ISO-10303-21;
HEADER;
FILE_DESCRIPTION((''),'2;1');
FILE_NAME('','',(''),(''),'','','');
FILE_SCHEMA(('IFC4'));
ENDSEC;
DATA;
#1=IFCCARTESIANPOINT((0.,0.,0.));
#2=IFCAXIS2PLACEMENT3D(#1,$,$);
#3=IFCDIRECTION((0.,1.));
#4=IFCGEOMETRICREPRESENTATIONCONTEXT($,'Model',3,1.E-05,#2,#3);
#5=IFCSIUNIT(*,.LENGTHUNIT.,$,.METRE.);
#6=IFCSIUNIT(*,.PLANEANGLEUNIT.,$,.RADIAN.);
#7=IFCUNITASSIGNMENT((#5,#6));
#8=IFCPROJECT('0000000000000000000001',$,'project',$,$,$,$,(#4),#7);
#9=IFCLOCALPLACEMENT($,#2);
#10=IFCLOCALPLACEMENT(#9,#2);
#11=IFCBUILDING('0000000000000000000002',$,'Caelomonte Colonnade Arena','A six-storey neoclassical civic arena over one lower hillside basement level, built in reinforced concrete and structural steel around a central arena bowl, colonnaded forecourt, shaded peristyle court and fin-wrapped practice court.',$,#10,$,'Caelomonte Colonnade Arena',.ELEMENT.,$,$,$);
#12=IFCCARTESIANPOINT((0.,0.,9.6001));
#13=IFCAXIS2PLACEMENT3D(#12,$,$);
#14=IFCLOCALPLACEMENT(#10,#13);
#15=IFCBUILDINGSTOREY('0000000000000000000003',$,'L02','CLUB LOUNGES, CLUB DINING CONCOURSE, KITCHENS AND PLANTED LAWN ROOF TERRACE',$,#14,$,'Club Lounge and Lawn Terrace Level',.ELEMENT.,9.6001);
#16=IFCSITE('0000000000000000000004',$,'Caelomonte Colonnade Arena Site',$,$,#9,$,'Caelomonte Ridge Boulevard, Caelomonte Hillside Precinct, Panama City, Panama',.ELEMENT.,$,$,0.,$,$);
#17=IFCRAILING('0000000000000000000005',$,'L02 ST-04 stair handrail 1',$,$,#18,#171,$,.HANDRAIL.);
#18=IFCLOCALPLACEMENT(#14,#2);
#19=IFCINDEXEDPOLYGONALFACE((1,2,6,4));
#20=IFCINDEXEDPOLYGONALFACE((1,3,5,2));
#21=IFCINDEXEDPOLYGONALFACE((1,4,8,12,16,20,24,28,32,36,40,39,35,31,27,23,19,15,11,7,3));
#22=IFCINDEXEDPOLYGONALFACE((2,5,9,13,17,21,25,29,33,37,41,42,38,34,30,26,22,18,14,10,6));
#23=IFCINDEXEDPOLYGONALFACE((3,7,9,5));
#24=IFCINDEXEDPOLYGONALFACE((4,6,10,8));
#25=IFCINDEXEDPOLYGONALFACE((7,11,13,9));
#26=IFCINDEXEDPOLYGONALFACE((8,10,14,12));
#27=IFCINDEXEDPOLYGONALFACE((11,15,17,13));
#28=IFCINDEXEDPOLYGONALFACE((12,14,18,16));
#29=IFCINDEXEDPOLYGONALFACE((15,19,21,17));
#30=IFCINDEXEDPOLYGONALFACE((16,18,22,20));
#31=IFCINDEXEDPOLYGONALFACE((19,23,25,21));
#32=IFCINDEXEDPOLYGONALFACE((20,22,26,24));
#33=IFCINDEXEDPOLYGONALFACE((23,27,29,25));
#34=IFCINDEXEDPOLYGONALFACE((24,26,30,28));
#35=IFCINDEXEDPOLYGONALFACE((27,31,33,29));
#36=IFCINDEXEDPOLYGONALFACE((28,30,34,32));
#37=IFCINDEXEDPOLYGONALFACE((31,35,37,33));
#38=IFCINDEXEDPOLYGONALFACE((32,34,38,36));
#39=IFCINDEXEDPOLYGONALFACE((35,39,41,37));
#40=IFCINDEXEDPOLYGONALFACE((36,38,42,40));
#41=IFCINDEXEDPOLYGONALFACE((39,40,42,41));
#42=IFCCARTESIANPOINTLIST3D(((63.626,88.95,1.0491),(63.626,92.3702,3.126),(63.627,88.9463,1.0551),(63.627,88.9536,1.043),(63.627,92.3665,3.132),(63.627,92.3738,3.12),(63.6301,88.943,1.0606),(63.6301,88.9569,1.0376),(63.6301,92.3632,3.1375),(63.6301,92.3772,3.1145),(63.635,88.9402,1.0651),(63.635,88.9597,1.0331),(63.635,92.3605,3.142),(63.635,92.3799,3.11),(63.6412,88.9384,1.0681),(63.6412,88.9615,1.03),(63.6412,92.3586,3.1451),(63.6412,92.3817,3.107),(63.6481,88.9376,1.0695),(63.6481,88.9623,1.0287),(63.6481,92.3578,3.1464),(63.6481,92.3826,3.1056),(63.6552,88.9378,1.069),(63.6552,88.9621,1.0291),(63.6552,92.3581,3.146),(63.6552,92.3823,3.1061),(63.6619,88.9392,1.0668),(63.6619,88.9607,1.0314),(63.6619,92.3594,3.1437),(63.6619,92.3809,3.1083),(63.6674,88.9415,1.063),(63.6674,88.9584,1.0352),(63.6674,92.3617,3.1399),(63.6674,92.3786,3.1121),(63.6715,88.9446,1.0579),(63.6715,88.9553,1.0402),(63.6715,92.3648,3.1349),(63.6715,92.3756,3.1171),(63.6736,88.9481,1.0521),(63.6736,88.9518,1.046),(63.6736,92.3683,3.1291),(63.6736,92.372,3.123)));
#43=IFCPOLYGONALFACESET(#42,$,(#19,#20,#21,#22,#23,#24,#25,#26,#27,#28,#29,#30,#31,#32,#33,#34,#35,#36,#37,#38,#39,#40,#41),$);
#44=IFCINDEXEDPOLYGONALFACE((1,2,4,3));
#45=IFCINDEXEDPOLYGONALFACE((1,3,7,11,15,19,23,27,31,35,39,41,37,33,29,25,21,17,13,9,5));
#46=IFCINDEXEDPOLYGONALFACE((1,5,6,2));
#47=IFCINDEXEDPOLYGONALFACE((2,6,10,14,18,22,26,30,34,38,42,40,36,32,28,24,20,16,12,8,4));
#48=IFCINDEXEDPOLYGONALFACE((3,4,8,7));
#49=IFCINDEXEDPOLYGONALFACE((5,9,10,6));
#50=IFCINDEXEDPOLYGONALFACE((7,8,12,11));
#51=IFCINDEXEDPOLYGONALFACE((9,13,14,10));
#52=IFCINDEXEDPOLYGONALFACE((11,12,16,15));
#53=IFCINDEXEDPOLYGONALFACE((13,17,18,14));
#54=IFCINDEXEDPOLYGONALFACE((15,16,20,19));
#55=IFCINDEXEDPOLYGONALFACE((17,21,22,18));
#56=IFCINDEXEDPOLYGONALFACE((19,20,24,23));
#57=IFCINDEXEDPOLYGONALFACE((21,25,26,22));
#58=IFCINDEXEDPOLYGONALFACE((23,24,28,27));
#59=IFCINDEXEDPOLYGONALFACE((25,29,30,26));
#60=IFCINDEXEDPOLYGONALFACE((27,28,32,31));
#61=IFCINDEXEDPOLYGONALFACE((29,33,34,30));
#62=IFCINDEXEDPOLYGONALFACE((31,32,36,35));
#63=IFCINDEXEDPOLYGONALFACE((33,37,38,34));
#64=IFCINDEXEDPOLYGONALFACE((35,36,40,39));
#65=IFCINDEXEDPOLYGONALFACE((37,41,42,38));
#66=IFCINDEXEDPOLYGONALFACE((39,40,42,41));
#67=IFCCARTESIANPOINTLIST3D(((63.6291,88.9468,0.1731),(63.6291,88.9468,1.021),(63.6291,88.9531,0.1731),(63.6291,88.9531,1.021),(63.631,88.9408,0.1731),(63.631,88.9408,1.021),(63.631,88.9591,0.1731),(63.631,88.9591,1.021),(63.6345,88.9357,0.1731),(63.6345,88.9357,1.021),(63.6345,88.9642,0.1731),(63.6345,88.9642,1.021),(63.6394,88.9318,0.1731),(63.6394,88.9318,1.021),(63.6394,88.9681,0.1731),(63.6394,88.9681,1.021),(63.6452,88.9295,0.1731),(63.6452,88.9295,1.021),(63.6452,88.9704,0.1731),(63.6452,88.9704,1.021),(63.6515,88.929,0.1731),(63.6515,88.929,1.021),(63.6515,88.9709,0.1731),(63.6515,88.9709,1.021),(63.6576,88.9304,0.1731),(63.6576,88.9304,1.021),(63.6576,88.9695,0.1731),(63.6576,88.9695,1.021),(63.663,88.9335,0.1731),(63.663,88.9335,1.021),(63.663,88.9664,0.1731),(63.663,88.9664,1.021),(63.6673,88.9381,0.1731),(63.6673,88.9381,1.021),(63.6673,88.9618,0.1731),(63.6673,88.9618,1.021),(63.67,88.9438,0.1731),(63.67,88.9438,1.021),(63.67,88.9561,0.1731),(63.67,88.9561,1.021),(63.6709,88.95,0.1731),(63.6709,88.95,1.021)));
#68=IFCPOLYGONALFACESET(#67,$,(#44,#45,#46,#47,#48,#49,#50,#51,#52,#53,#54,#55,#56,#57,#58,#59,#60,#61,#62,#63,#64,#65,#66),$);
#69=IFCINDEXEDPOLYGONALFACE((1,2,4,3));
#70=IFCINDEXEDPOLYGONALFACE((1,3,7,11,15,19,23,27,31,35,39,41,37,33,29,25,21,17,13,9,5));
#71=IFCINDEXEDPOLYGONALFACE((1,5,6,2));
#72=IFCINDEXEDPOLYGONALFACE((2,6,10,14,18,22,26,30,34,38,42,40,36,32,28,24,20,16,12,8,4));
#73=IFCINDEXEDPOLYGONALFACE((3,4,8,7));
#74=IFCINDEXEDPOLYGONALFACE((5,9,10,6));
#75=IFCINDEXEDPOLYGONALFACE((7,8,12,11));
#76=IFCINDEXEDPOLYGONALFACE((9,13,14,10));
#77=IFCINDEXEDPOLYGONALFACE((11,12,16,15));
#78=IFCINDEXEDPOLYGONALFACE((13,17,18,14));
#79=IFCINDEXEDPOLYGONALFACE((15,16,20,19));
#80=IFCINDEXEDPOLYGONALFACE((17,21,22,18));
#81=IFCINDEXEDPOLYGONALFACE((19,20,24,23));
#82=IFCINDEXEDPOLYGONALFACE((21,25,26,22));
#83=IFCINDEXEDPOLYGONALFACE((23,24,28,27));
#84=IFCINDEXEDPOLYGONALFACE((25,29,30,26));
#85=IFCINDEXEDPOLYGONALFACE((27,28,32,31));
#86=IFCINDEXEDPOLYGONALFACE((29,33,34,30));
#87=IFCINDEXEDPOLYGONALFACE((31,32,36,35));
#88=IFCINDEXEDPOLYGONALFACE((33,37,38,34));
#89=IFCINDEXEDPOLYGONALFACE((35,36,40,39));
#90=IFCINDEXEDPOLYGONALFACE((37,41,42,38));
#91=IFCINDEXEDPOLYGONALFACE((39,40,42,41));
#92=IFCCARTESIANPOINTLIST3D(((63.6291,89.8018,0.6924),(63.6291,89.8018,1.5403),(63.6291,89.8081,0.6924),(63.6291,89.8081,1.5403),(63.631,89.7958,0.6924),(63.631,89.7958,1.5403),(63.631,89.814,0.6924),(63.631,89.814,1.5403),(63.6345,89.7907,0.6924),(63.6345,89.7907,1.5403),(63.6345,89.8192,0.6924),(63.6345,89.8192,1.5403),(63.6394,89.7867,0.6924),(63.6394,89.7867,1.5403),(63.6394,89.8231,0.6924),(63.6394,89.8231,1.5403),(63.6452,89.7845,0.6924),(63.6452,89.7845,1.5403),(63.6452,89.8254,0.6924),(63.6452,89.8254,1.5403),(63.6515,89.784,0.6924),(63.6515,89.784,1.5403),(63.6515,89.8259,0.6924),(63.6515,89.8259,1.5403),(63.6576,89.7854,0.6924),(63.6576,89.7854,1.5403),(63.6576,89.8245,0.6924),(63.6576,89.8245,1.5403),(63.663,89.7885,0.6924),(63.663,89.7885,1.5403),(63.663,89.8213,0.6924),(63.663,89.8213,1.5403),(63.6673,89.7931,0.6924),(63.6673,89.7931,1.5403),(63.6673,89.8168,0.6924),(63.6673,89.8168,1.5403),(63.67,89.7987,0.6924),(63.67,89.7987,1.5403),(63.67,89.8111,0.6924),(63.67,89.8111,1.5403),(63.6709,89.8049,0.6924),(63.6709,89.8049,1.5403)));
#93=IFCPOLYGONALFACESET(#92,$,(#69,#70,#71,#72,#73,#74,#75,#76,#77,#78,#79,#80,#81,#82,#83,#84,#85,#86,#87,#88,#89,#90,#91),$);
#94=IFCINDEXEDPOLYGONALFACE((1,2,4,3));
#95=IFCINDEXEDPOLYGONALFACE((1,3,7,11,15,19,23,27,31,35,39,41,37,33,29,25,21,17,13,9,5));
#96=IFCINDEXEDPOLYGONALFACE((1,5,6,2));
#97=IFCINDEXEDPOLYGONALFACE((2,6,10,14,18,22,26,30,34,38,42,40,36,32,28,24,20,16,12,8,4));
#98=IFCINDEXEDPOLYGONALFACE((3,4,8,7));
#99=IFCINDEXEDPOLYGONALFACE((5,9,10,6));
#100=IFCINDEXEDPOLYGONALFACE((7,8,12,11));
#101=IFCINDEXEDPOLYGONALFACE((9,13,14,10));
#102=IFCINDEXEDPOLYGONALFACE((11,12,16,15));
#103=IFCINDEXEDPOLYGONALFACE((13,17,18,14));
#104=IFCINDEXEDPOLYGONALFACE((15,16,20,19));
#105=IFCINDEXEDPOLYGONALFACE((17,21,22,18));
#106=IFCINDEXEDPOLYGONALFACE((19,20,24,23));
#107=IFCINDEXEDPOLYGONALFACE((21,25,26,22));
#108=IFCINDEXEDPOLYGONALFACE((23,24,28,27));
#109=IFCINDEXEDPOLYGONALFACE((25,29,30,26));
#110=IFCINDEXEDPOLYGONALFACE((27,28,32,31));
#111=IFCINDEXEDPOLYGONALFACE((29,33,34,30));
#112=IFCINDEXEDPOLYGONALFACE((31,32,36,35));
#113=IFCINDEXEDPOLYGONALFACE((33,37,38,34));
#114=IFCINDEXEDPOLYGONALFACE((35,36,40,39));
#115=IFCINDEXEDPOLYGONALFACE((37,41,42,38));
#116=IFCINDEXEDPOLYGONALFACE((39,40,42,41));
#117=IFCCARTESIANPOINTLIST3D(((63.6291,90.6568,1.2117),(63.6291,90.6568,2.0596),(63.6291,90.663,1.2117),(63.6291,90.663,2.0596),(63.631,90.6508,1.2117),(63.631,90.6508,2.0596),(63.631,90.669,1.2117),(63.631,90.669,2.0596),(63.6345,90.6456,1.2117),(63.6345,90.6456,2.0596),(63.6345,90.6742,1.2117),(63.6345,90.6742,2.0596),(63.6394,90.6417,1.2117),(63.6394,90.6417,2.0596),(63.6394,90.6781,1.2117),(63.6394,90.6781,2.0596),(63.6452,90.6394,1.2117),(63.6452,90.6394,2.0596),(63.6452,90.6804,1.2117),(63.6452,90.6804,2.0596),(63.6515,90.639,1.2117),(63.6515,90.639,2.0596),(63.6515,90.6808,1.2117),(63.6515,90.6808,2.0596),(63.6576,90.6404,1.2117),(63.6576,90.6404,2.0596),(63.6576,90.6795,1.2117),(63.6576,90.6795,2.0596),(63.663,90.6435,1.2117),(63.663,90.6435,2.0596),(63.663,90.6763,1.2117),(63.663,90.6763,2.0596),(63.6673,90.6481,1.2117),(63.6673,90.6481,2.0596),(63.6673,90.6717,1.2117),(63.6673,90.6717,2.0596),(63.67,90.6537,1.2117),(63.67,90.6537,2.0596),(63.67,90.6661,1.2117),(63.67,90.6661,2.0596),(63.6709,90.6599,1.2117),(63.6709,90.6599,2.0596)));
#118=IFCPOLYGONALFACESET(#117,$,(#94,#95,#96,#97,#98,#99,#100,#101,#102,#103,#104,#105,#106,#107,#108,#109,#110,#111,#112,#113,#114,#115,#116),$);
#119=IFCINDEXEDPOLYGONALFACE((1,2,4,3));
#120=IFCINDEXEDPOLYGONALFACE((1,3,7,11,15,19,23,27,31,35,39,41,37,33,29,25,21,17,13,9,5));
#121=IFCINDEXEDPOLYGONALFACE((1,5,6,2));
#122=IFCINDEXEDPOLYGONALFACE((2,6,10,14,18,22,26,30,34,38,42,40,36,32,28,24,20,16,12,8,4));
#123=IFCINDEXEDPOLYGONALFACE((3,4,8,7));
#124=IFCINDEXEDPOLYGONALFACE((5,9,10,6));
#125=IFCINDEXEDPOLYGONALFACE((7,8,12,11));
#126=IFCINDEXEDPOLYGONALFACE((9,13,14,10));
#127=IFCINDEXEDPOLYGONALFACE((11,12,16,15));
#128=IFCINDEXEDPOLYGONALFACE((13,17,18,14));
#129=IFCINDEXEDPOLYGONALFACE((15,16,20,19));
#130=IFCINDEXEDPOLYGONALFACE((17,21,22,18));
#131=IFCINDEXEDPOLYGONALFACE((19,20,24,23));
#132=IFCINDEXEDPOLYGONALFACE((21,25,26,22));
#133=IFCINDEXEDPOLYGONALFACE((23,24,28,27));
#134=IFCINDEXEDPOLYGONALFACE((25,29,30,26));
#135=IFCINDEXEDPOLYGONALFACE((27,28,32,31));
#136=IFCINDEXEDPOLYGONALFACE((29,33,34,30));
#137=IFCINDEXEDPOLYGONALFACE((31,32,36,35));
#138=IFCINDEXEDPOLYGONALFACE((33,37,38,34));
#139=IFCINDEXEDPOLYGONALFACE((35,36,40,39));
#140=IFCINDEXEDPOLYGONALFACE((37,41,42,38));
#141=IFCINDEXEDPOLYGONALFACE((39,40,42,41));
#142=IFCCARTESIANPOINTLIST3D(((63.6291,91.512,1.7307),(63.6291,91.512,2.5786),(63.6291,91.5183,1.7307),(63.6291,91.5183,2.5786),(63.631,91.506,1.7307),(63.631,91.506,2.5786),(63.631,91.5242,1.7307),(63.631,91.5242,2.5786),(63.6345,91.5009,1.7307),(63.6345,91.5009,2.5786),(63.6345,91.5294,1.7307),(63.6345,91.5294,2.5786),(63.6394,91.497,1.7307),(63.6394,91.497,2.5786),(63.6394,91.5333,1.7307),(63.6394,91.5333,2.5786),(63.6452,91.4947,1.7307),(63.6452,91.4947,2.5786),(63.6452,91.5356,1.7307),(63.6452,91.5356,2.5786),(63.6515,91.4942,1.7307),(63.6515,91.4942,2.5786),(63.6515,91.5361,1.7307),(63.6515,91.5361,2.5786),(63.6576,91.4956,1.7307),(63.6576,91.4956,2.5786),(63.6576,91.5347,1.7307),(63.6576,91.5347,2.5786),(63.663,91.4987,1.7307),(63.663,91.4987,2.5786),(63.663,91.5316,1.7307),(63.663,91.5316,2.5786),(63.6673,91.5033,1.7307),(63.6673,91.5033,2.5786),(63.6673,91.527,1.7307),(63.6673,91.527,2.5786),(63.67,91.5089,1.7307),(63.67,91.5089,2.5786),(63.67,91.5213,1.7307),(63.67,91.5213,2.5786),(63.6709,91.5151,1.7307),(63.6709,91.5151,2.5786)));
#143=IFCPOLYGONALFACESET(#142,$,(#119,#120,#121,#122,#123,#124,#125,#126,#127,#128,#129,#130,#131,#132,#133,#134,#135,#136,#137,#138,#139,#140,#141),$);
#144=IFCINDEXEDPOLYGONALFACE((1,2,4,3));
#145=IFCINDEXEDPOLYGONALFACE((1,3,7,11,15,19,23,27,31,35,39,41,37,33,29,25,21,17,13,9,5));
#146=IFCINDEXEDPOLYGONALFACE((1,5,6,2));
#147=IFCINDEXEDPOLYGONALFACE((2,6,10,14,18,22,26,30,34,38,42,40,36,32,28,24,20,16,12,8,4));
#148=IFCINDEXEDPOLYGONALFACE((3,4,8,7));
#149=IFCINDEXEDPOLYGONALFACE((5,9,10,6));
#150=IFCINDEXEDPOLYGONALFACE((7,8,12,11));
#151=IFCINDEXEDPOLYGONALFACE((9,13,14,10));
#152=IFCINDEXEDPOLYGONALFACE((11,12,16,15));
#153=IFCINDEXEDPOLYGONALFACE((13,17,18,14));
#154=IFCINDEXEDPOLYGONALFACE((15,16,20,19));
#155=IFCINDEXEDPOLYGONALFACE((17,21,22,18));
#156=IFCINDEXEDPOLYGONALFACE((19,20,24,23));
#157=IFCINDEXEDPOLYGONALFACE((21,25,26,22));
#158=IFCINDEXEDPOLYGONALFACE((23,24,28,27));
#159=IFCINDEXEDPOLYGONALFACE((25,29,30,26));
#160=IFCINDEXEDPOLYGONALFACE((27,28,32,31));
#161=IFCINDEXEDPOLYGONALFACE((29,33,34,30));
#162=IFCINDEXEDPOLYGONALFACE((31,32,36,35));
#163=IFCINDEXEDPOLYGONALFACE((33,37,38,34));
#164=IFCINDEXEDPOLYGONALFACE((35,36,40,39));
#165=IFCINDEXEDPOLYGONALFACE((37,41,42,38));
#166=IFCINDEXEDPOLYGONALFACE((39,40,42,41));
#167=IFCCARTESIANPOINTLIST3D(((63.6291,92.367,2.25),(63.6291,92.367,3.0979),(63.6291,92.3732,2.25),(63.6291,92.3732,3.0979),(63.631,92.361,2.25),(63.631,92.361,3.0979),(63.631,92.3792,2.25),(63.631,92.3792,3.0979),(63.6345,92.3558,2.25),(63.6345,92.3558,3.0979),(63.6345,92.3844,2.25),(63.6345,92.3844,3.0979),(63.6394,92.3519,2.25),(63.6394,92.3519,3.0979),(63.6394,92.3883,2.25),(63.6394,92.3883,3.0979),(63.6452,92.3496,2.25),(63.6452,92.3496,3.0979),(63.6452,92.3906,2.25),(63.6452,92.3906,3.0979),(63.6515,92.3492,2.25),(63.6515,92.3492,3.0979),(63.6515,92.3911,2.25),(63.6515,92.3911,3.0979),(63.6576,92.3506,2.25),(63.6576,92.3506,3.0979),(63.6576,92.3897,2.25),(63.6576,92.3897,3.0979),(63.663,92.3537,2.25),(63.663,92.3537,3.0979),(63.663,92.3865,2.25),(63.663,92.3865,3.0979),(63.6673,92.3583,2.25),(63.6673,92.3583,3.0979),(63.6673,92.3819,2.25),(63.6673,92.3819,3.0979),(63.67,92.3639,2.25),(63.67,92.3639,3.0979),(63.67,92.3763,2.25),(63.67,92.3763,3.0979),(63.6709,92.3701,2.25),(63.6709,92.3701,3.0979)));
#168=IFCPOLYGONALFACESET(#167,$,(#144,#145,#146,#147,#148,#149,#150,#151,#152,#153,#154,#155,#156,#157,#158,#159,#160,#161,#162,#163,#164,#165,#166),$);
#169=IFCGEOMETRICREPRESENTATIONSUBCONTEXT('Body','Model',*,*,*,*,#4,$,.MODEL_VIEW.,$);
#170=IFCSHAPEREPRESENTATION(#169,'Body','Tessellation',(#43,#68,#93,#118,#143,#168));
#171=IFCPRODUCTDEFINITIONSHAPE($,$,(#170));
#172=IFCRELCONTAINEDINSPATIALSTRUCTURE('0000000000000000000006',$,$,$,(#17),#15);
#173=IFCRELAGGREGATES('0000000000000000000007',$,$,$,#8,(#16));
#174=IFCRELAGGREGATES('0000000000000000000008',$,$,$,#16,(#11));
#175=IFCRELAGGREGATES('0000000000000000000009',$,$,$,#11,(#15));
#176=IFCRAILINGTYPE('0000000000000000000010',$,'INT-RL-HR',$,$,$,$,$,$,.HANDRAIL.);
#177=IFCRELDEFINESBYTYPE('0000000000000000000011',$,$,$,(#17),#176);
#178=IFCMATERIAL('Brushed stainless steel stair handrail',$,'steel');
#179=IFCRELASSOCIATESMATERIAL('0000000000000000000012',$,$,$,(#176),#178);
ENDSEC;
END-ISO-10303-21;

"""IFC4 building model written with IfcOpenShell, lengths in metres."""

from ifc_helpers import new_model, si_unit, direction, frame, origin, origin_2d, place, context, subcontext, project, spatial, circle, extrude, material, type_object, element, save


model = new_model("IFC4")

# Units and contexts
model_context = context("Model", 3, precision=1e-05, world=origin(), true_north=direction((0.0, 1.0)))
body_context = subcontext(model_context, "Body", "Model", "MODEL_VIEW")
ifc_project = project(units=[si_unit("LENGTHUNIT", "METRE"), si_unit("PLANEANGLEUNIT", "RADIAN")], contexts=[model_context])

# Site, building, storey
site_placement = place(None, origin())
site = spatial("IfcSite", under=ifc_project, at=site_placement, Name="Caelomonte Colonnade Arena Site", LongName="Caelomonte Ridge Boulevard, Caelomonte Hillside Precinct, Panama City, Panama", CompositionType="ELEMENT", RefElevation=0.0)
building_placement = place(site_placement, origin())
building = spatial("IfcBuilding", under=site, at=building_placement, Name="Caelomonte Colonnade Arena", Description="A six-storey neoclassical civic arena over one lower hillside basement level, built in reinforced concrete and structural steel around a central arena bowl, colonnaded forecourt, shaded peristyle court and fin-wrapped practice court.", LongName="Caelomonte Colonnade Arena", CompositionType="ELEMENT")
storey_placement = place(building_placement, frame((0.0, 0.0, 9.6001)))
storey = spatial("IfcBuildingStorey", under=building, at=storey_placement, Name="L02", Description="CLUB LOUNGES, CLUB DINING CONCOURSE, KITCHENS AND PLANTED LAWN ROOF TERRACE", LongName="Club Lounge and Lawn Terrace Level", CompositionType="ELEMENT", Elevation=9.6001)

# Railing
ifc_material_1 = material(Name="Brushed stainless steel stair handrail", Category="steel")
railing_type_1 = type_object("IfcRailingType", Name="INT-RL-HR", PredefinedType="HANDRAIL", material=ifc_material_1)
railing_1_placement = place(storey_placement, frame((63.6499, 88.95, 0.1731)))
element("IfcRailing", 1, at=railing_1_placement, inside=storey, type_object=railing_type_1, Name="L02 ST-04 stair handrail 1", PredefinedType="HANDRAIL", context=body_context, shape_type="SweptSolid", body=[
    extrude(circle(Radius=0.0239, at=origin_2d()), frame((0.0, 0.0, 0.876), z_axis=(0.0, 0.854746, 0.519047), x_axis=(-1.0, 0.0, 0.0)), (0.0, 0.0, 1.0), 4.0015),
    extrude(circle(Radius=0.021, at=origin_2d()), origin(), (0.0, 0.0, 1.0), 0.8479),
    extrude(circle(Radius=0.021, at=origin_2d()), frame((0.0, 0.855, 0.5193)), (0.0, 0.0, 1.0), 0.8479),
    extrude(circle(Radius=0.021, at=origin_2d()), frame((0.0, 1.71, 1.0386)), (0.0, 0.0, 1.0), 0.8479),
    extrude(circle(Radius=0.021, at=origin_2d()), frame((0.0, 2.5652, 1.5576)), (0.0, 0.0, 1.0), 0.8479),
    extrude(circle(Radius=0.021, at=origin_2d()), frame((0.0, 3.4202, 2.0769)), (0.0, 0.0, 1.0), 0.8479),
])

save(model, "model.ifc")
